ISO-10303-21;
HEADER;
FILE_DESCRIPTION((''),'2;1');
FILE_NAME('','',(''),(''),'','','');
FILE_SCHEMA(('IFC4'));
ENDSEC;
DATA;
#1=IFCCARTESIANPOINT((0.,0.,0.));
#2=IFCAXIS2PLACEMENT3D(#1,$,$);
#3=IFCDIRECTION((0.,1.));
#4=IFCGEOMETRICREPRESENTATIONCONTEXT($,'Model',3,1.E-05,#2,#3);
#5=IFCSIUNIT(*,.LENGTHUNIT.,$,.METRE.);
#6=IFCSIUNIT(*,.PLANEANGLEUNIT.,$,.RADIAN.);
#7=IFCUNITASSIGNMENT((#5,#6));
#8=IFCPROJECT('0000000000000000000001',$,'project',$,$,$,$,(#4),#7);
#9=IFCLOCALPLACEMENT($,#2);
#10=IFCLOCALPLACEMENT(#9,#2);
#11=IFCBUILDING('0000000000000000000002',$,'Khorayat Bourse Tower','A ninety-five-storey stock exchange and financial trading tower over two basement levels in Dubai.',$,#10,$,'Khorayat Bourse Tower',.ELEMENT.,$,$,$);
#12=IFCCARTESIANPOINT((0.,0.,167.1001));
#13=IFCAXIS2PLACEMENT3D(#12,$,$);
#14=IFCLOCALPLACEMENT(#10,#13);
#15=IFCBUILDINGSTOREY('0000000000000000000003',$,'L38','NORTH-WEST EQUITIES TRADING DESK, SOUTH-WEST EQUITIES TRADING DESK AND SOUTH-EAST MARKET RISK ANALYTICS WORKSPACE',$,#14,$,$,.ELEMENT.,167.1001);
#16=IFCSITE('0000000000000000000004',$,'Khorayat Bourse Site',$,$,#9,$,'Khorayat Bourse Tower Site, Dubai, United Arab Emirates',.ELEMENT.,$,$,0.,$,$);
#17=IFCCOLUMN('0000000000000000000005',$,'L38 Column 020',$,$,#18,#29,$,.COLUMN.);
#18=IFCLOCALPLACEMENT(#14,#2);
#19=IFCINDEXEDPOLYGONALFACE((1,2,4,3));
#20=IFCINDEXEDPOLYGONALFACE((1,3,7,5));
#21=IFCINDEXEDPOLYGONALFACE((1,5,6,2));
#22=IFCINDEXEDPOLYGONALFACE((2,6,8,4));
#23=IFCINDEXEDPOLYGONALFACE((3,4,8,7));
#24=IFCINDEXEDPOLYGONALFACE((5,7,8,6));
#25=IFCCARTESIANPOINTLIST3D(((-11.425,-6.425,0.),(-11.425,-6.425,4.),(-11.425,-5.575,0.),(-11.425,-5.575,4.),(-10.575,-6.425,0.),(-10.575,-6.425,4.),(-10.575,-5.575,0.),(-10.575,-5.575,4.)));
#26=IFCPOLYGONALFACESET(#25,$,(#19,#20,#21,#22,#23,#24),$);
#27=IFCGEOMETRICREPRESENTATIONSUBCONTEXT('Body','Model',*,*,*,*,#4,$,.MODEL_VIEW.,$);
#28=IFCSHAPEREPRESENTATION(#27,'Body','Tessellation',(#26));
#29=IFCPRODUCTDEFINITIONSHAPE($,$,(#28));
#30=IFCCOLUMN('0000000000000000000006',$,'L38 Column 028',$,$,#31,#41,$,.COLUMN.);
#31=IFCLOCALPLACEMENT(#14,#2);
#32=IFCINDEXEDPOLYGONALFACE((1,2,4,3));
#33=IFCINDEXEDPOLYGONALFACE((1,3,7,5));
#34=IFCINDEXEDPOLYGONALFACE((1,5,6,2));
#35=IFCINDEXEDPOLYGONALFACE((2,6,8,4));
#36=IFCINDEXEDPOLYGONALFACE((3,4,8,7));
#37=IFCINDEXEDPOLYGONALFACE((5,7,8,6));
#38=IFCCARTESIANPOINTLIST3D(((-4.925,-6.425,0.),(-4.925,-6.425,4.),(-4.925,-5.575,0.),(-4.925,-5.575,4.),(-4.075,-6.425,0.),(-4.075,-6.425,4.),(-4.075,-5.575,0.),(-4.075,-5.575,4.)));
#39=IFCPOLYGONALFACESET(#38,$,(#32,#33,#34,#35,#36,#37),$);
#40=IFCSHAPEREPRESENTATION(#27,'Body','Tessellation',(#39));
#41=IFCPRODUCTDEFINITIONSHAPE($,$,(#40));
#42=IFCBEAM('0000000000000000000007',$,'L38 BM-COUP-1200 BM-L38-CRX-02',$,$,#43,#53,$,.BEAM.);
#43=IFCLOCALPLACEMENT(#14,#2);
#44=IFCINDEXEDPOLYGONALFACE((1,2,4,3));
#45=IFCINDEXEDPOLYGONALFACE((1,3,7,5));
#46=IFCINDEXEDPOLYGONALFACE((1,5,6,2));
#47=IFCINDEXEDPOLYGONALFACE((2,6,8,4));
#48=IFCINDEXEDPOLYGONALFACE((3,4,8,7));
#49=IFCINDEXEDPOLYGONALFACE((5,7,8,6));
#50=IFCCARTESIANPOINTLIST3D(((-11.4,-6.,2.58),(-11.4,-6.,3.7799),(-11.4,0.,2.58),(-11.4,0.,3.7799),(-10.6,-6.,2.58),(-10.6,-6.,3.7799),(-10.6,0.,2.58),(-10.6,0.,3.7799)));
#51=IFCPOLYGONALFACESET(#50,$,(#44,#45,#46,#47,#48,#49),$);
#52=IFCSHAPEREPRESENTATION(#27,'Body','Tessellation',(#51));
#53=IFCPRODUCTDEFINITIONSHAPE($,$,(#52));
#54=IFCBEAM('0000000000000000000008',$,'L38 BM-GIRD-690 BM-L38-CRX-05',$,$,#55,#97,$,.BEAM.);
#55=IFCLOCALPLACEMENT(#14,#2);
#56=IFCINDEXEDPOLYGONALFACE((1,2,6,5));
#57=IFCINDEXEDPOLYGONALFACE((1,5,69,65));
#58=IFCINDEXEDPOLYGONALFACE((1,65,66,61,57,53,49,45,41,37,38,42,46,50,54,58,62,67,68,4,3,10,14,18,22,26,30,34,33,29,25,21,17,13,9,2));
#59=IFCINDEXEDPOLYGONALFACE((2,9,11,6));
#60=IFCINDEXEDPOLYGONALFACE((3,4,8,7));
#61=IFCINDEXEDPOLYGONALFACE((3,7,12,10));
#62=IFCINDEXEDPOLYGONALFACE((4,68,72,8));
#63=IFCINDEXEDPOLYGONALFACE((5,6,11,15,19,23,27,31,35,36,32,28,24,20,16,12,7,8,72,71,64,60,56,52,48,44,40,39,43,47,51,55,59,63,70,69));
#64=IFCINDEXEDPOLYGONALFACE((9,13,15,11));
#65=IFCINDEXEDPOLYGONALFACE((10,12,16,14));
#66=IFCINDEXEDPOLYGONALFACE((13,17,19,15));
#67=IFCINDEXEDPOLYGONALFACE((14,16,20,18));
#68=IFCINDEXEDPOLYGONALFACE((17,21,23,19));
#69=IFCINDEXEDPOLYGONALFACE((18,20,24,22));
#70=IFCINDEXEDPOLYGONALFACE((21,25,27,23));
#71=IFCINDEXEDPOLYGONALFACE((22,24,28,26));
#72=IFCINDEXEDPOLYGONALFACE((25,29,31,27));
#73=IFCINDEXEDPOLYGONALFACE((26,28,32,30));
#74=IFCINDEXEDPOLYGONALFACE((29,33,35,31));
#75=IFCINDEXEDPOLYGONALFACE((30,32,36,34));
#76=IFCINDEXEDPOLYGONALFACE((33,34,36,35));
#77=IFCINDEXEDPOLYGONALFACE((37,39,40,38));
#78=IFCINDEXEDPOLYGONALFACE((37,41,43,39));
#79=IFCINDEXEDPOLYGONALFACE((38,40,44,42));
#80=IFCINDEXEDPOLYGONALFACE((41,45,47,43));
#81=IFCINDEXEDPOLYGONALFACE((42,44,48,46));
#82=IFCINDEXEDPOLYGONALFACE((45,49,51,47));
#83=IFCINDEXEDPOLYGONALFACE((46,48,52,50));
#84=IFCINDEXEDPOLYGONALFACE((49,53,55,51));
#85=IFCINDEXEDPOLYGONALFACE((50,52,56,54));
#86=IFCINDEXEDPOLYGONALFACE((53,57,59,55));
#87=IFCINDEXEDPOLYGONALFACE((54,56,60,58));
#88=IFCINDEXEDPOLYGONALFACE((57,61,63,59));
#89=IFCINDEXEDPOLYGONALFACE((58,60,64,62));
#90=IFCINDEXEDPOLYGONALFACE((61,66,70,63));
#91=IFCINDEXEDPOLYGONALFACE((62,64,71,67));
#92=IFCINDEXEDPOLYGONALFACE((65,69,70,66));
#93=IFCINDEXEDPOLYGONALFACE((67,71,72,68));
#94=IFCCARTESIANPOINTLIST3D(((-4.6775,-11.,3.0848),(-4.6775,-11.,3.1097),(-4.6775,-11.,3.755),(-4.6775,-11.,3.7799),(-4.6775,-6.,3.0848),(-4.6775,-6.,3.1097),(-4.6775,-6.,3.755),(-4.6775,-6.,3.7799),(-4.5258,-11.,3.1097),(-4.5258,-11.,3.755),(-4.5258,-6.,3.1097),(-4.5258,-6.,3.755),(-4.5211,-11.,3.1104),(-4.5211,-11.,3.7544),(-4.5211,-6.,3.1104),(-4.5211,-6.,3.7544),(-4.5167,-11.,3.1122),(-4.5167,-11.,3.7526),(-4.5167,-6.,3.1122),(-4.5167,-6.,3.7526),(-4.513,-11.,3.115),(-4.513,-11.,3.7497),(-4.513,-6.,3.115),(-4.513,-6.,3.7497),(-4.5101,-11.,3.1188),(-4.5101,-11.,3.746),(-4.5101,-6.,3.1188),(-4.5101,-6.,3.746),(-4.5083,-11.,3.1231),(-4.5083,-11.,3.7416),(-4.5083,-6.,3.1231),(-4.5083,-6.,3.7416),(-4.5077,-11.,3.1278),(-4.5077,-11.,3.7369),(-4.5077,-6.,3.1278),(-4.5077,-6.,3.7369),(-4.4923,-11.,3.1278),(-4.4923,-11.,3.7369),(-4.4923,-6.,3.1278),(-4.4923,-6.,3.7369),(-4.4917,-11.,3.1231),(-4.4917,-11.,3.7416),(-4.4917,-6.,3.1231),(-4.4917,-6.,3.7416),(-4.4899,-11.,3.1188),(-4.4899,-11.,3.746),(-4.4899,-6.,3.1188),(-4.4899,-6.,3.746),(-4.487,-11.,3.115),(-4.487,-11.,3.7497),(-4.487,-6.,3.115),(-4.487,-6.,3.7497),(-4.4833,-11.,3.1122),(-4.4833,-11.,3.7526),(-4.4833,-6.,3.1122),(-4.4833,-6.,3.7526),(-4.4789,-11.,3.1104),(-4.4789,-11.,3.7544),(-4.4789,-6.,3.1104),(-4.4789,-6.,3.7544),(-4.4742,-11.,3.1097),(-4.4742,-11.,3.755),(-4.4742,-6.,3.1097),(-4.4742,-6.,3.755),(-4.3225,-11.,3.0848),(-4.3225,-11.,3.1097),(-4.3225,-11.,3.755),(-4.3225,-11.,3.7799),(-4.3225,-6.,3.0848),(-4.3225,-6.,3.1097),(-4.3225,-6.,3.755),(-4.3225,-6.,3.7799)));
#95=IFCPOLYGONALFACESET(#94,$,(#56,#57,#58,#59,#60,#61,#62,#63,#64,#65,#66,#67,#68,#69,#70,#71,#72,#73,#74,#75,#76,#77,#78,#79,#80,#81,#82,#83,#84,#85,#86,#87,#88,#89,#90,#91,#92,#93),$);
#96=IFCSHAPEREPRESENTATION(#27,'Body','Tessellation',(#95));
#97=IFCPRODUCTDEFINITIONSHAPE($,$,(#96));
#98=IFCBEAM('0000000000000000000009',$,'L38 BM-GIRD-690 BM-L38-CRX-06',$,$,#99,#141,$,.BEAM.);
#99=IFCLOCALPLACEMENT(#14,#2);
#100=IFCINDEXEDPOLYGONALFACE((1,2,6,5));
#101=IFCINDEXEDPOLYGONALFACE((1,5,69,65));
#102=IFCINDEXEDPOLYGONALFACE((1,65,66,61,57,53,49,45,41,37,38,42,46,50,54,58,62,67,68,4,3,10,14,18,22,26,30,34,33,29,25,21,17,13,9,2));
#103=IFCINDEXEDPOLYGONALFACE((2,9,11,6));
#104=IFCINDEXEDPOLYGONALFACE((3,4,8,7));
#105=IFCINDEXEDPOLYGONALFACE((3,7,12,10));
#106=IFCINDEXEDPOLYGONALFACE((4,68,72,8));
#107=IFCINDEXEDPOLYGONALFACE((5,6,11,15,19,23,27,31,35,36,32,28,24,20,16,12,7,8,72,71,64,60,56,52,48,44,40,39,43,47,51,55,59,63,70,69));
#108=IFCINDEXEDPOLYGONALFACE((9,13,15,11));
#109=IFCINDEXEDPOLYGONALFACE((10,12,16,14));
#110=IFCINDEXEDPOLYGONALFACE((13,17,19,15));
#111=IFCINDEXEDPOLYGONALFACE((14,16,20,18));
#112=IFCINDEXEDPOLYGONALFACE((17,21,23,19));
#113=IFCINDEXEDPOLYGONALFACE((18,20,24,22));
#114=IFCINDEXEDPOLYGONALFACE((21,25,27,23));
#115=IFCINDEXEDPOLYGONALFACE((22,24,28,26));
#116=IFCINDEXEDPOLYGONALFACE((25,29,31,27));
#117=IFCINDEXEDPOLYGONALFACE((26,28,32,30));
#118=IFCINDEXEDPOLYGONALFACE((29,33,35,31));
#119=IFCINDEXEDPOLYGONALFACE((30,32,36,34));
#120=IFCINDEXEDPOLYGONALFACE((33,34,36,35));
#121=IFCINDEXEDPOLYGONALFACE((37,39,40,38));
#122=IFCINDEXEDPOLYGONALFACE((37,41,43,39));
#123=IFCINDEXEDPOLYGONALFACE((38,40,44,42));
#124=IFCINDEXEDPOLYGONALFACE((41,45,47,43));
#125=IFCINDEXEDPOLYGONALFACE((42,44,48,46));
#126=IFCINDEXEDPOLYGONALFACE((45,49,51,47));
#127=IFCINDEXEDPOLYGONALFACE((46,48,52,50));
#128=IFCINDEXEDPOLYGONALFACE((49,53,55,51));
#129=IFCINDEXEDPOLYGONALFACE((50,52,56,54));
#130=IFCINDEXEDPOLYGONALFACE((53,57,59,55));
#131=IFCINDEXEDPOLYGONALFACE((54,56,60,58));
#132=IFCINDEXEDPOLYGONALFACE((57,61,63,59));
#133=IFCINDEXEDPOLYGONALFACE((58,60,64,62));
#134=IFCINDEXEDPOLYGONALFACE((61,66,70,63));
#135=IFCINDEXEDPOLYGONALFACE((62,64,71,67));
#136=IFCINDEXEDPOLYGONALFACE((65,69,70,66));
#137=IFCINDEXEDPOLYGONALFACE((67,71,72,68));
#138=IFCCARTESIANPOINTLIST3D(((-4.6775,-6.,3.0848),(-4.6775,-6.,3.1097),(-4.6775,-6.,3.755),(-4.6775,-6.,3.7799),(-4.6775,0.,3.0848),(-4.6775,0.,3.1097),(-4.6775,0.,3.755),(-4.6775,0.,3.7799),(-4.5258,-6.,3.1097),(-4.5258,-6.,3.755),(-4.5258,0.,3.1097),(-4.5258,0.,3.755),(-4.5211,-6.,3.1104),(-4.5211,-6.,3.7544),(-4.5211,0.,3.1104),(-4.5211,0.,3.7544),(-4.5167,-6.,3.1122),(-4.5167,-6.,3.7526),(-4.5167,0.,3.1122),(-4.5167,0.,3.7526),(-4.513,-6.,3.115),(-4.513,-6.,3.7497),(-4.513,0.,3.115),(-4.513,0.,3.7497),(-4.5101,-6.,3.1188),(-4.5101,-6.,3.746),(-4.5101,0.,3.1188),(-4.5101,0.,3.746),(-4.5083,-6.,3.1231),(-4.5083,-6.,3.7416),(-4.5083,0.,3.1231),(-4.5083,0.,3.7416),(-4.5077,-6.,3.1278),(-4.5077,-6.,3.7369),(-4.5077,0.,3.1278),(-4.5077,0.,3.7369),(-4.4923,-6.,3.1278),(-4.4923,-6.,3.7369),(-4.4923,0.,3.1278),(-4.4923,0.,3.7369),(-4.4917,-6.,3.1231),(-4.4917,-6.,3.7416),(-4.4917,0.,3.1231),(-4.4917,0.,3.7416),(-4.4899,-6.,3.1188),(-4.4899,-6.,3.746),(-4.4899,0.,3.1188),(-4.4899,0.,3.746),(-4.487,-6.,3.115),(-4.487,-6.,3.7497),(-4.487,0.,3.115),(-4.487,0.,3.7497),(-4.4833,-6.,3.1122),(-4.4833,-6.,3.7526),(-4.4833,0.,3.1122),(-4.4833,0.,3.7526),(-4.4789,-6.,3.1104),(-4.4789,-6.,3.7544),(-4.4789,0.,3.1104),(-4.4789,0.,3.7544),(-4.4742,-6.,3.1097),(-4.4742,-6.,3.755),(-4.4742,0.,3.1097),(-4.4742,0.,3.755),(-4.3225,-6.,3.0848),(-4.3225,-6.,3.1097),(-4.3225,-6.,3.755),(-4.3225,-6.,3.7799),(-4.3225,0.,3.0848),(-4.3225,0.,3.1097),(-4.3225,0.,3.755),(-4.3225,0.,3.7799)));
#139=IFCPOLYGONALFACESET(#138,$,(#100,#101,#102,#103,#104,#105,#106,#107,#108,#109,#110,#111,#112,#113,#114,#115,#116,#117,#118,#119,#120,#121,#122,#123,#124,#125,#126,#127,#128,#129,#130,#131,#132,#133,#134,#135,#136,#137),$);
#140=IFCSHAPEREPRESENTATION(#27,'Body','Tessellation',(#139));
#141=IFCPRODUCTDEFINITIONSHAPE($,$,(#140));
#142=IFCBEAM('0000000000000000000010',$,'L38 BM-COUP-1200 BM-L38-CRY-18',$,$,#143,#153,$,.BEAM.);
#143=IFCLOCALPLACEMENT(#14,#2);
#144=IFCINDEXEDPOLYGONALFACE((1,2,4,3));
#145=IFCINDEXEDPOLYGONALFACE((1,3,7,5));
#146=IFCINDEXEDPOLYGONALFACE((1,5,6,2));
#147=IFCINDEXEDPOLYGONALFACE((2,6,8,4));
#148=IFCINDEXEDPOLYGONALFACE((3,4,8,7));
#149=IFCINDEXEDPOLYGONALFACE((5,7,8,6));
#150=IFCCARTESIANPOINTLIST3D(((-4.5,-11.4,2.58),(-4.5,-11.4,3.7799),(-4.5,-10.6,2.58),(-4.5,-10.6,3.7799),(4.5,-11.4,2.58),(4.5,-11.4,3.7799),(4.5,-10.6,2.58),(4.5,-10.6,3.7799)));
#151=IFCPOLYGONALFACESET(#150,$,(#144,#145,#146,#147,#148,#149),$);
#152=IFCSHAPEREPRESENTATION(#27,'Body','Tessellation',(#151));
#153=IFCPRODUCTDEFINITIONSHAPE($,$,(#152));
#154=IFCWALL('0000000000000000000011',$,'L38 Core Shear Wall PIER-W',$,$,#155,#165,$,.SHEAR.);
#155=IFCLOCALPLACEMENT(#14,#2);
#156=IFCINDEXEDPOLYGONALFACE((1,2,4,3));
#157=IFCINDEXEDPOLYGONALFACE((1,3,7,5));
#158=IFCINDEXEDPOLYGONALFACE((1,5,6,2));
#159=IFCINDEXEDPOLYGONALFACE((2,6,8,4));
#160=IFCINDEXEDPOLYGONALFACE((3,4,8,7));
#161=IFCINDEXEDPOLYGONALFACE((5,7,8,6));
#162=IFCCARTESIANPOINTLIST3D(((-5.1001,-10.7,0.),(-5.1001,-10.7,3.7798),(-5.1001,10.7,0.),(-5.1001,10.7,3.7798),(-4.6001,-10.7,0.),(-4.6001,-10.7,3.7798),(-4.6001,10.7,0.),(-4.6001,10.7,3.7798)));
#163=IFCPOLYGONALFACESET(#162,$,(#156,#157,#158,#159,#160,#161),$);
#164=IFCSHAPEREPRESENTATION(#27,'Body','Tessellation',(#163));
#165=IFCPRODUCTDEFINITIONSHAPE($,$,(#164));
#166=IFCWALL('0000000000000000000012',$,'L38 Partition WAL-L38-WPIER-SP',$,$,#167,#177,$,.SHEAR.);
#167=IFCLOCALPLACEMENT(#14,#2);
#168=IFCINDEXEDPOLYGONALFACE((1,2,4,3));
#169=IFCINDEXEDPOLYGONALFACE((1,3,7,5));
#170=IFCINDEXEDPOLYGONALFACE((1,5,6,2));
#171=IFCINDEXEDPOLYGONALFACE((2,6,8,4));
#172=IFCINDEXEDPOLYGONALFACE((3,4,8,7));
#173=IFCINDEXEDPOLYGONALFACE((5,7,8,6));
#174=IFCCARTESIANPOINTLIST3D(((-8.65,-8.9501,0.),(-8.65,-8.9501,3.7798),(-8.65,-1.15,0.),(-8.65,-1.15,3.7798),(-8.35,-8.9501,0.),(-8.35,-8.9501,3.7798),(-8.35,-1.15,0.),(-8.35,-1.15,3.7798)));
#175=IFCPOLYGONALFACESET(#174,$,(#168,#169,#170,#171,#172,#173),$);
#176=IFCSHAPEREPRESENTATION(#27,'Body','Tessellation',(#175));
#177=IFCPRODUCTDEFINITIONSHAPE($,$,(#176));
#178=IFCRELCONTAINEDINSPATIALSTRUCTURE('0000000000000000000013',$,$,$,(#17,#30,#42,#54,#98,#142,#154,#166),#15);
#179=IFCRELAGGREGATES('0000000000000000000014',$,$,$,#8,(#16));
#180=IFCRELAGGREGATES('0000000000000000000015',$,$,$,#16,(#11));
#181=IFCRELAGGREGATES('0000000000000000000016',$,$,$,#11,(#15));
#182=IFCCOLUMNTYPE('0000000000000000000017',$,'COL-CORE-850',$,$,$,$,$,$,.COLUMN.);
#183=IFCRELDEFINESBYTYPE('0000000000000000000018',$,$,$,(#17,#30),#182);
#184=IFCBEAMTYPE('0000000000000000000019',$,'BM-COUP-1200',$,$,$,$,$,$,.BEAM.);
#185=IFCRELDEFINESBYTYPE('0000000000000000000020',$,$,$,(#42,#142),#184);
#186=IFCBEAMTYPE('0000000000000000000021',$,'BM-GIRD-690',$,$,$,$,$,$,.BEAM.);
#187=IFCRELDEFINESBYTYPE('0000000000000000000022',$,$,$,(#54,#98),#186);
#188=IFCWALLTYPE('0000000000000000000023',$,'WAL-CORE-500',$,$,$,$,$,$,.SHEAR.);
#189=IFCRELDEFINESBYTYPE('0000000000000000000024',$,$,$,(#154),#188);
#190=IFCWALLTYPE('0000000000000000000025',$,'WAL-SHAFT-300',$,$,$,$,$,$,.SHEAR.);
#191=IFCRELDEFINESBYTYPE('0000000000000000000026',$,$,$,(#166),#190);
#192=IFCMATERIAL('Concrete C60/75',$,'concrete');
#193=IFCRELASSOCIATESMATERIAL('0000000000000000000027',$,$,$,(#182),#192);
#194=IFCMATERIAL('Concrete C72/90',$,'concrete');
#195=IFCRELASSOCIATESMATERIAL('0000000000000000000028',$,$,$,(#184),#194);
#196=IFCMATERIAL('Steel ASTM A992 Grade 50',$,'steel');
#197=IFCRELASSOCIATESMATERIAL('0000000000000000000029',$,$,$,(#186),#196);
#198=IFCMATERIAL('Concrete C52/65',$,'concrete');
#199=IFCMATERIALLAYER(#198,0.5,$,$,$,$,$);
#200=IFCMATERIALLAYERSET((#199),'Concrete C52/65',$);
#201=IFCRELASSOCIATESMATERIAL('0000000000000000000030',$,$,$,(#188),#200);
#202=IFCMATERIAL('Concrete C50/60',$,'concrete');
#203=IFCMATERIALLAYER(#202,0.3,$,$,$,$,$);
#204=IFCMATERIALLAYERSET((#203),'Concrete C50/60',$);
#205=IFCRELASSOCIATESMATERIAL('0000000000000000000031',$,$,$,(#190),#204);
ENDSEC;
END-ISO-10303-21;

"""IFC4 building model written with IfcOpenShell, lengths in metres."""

from ifc_helpers import new_model, si_unit, direction, frame, frame_2d, origin, origin_2d, place, context, subcontext, project, spatial, rectangle, i_section, extrude, source, transform, mapped, material, layer, layer_set, material_profile, profile_set, type_object, element, save


model = new_model("IFC4")

# Units and contexts
model_context = context("Model", 3, precision=1e-05, world=origin(), true_north=direction((0.0, 1.0)))
body_context = subcontext(model_context, "Body", "Model", "MODEL_VIEW")
ifc_project = project(units=[si_unit("LENGTHUNIT", "METRE"), si_unit("PLANEANGLEUNIT", "RADIAN")], contexts=[model_context])

# Site, building, storey
site_placement = place(None, origin())
site = spatial("IfcSite", under=ifc_project, at=site_placement, Name="Khorayat Bourse Site", LongName="Khorayat Bourse Tower Site, Dubai, United Arab Emirates", CompositionType="ELEMENT", RefElevation=0.0)
building_placement = place(site_placement, origin())
building = spatial("IfcBuilding", under=site, at=building_placement, Name="Khorayat Bourse Tower", Description="A ninety-five-storey stock exchange and financial trading tower over two basement levels in Dubai.", LongName="Khorayat Bourse Tower", CompositionType="ELEMENT")
storey_placement = place(building_placement, frame((0.0, 0.0, 167.1001)))
storey = spatial("IfcBuildingStorey", under=building, at=storey_placement, Name="L38", Description="NORTH-WEST EQUITIES TRADING DESK, SOUTH-WEST EQUITIES TRADING DESK AND SOUTH-EAST MARKET RISK ANALYTICS WORKSPACE", CompositionType="ELEMENT", Elevation=167.1001)

# Columns
ifc_material_1 = material(Name="Concrete C60/75", Category="concrete")
ifc_material_profile_1 = material_profile(ifc_material_1, rectangle(XDim=0.8501, YDim=0.8501, at=origin_2d()), Name="RC 850x850")
ifc_profile_set_1 = profile_set([ifc_material_profile_1], Name="Concrete C60/75")
column_type = type_object("IfcColumnType", Name="COL-CORE-850", PredefinedType="COLUMN", material=ifc_profile_set_1)
shared_shape_1 = source(origin(), body_context, "Body", "SweptSolid", [
    extrude(rectangle(XDim=0.8501, YDim=0.8501, at=origin_2d()), origin(), (0.0, 0.0, 1.0), 4.0),
])
for number, where, z_axis, x_axis, name in (
    (1, (-11.0, -6.0, 0.0), (0.0, 0.0, 1.0), (1.0, 0.0, 0.0), "L38 Column 020"),
    (2, (-4.5, -6.0, 0.0), (0.0, 0.0, 1.0), (1.0, 0.0, 0.0), "L38 Column 028"),
):
    element("IfcColumn", number, at=place(storey_placement, frame(where, z_axis=z_axis, x_axis=x_axis)), inside=storey, type_object=column_type, Name=name, PredefinedType="COLUMN", context=body_context, shape_type="MappedRepresentation", body=[
        mapped(shared_shape_1, transform((0.0, 0.0, 0.0), scale=1.0)),
    ])

# Beams
ifc_material_2 = material(Name="Concrete C72/90", Category="concrete")
ifc_material_profile_2 = material_profile(ifc_material_2, rectangle(XDim=0.8, YDim=1.2, at=origin_2d()), Name="RC 800x1200")
ifc_profile_set_2 = profile_set([ifc_material_profile_2], Name="Concrete C72/90")
beam_type_1 = type_object("IfcBeamType", Name="BM-COUP-1200", PredefinedType="BEAM", material=ifc_profile_set_2)
shared_shape_2 = source(origin(), body_context, "Body", "SweptSolid", [
    extrude(rectangle(XDim=0.8, YDim=1.2, at=origin_2d()), origin(), (0.0, 0.0, 1.0), 6.0),
])
beam_1_placement = place(storey_placement, frame((-11.0, -6.0, 3.1799), z_axis=(0.0, 1.0, 0.0), x_axis=(-1.0, 0.0, 0.0)))
element("IfcBeam", 3, at=beam_1_placement, inside=storey, type_object=beam_type_1, Name="L38 BM-COUP-1200 BM-L38-CRX-02", PredefinedType="BEAM", context=body_context, shape_type="MappedRepresentation", body=[
    mapped(shared_shape_2, transform((0.0, 0.0, 0.0), scale=1.0)),
])
ifc_material_3 = material(Name="Steel ASTM A992 Grade 50", Category="steel")
ifc_material_profile_3 = material_profile(ifc_material_3, i_section(OverallWidth=0.355, OverallDepth=0.6951, WebThickness=0.0154, FlangeThickness=0.0249, FilletRadius=0.0181, at=origin_2d()), Name="W690X217")
ifc_profile_set_3 = profile_set([ifc_material_profile_3], Name="Steel ASTM A992 Grade 50")
beam_type_2 = type_object("IfcBeamType", Name="BM-GIRD-690", PredefinedType="BEAM", material=ifc_profile_set_3)
shared_shape_3 = source(origin(), body_context, "Body", "SweptSolid", [
    extrude(i_section(OverallWidth=0.355, OverallDepth=0.6951, WebThickness=0.0154, FlangeThickness=0.0249, FilletRadius=0.0181, at=origin_2d()), origin(), (0.0, 0.0, 1.0), 5.0),
])
beam_2_placement = place(storey_placement, frame((-4.5, -11.0, 3.4324), z_axis=(0.0, 1.0, 0.0), x_axis=(-1.0, 0.0, 0.0)))
element("IfcBeam", 4, at=beam_2_placement, inside=storey, type_object=beam_type_2, Name="L38 BM-GIRD-690 BM-L38-CRX-05", PredefinedType="BEAM", context=body_context, shape_type="MappedRepresentation", body=[
    mapped(shared_shape_3, transform((0.0, 0.0, 0.0), scale=1.0)),
])
shared_shape_4 = source(origin(), body_context, "Body", "SweptSolid", [
    extrude(i_section(OverallWidth=0.355, OverallDepth=0.6951, WebThickness=0.0154, FlangeThickness=0.0249, FilletRadius=0.0181, at=origin_2d()), origin(), (0.0, 0.0, 1.0), 6.0),
])
beam_3_placement = place(storey_placement, frame((-4.5, -6.0, 3.4324), z_axis=(0.0, 1.0, 0.0), x_axis=(-1.0, 0.0, 0.0)))
element("IfcBeam", 5, at=beam_3_placement, inside=storey, type_object=beam_type_2, Name="L38 BM-GIRD-690 BM-L38-CRX-06", PredefinedType="BEAM", context=body_context, shape_type="MappedRepresentation", body=[
    mapped(shared_shape_4, transform((0.0, 0.0, 0.0), scale=1.0)),
])
shared_shape_5 = source(origin(), body_context, "Body", "SweptSolid", [
    extrude(rectangle(XDim=0.8, YDim=1.2, at=origin_2d()), origin(), (0.0, 0.0, 1.0), 9.0),
])
beam_4_placement = place(storey_placement, frame((-4.5, -11.0, 3.1799), z_axis=(1.0, 0.0, 0.0), x_axis=(0.0, 1.0, 0.0)))
element("IfcBeam", 6, at=beam_4_placement, inside=storey, type_object=beam_type_1, Name="L38 BM-COUP-1200 BM-L38-CRY-18", PredefinedType="BEAM", context=body_context, shape_type="MappedRepresentation", body=[
    mapped(shared_shape_5, transform((0.0, 0.0, 0.0), scale=1.0)),
])

# Walls
ifc_material_4 = material(Name="Concrete C52/65", Category="concrete")
ifc_layer_1 = layer(ifc_material_4, 0.5)
ifc_layer_set_1 = layer_set([ifc_layer_1], Name="Concrete C52/65")
wall_type_1 = type_object("IfcWallType", Name="WAL-CORE-500", PredefinedType="SHEAR", material=ifc_layer_set_1)
shared_shape_6 = source(origin(), body_context, "Body", "SweptSolid", [
    extrude(rectangle(XDim=21.3999, YDim=0.5, at=frame_2d((10.7, 0.0))), origin(), (0.0, 0.0, 1.0), 3.7798),
])
wall_1_placement = place(storey_placement, frame((-4.8501, -10.7, 0.0), z_axis=(0.0, 0.0, 1.0), x_axis=(0.0, 1.0, 0.0)))
element("IfcWall", 7, at=wall_1_placement, inside=storey, type_object=wall_type_1, Name="L38 Core Shear Wall PIER-W", PredefinedType="SHEAR", context=body_context, shape_type="MappedRepresentation", body=[
    mapped(shared_shape_6, transform((0.0, 0.0, 0.0), scale=1.0)),
])
ifc_material_5 = material(Name="Concrete C50/60", Category="concrete")
ifc_layer_2 = layer(ifc_material_5, 0.3)
ifc_layer_set_2 = layer_set([ifc_layer_2], Name="Concrete C50/60")
wall_type_2 = type_object("IfcWallType", Name="WAL-SHAFT-300", PredefinedType="SHEAR", material=ifc_layer_set_2)
shared_shape_7 = source(origin(), body_context, "Body", "SweptSolid", [
    extrude(rectangle(XDim=7.8, YDim=0.3, at=frame_2d((3.8999, 0.0))), origin(), (0.0, 0.0, 1.0), 3.7798),
])
wall_2_placement = place(storey_placement, frame((-8.5, -8.95, 0.0), z_axis=(0.0, 0.0, 1.0), x_axis=(0.0, 1.0, 0.0)))
element("IfcWall", 8, at=wall_2_placement, inside=storey, type_object=wall_type_2, Name="L38 Partition WAL-L38-WPIER-SP", PredefinedType="SHEAR", context=body_context, shape_type="MappedRepresentation", body=[
    mapped(shared_shape_7, transform((0.0, 0.0, 0.0), scale=1.0)),
])

save(model, "model.ifc")
